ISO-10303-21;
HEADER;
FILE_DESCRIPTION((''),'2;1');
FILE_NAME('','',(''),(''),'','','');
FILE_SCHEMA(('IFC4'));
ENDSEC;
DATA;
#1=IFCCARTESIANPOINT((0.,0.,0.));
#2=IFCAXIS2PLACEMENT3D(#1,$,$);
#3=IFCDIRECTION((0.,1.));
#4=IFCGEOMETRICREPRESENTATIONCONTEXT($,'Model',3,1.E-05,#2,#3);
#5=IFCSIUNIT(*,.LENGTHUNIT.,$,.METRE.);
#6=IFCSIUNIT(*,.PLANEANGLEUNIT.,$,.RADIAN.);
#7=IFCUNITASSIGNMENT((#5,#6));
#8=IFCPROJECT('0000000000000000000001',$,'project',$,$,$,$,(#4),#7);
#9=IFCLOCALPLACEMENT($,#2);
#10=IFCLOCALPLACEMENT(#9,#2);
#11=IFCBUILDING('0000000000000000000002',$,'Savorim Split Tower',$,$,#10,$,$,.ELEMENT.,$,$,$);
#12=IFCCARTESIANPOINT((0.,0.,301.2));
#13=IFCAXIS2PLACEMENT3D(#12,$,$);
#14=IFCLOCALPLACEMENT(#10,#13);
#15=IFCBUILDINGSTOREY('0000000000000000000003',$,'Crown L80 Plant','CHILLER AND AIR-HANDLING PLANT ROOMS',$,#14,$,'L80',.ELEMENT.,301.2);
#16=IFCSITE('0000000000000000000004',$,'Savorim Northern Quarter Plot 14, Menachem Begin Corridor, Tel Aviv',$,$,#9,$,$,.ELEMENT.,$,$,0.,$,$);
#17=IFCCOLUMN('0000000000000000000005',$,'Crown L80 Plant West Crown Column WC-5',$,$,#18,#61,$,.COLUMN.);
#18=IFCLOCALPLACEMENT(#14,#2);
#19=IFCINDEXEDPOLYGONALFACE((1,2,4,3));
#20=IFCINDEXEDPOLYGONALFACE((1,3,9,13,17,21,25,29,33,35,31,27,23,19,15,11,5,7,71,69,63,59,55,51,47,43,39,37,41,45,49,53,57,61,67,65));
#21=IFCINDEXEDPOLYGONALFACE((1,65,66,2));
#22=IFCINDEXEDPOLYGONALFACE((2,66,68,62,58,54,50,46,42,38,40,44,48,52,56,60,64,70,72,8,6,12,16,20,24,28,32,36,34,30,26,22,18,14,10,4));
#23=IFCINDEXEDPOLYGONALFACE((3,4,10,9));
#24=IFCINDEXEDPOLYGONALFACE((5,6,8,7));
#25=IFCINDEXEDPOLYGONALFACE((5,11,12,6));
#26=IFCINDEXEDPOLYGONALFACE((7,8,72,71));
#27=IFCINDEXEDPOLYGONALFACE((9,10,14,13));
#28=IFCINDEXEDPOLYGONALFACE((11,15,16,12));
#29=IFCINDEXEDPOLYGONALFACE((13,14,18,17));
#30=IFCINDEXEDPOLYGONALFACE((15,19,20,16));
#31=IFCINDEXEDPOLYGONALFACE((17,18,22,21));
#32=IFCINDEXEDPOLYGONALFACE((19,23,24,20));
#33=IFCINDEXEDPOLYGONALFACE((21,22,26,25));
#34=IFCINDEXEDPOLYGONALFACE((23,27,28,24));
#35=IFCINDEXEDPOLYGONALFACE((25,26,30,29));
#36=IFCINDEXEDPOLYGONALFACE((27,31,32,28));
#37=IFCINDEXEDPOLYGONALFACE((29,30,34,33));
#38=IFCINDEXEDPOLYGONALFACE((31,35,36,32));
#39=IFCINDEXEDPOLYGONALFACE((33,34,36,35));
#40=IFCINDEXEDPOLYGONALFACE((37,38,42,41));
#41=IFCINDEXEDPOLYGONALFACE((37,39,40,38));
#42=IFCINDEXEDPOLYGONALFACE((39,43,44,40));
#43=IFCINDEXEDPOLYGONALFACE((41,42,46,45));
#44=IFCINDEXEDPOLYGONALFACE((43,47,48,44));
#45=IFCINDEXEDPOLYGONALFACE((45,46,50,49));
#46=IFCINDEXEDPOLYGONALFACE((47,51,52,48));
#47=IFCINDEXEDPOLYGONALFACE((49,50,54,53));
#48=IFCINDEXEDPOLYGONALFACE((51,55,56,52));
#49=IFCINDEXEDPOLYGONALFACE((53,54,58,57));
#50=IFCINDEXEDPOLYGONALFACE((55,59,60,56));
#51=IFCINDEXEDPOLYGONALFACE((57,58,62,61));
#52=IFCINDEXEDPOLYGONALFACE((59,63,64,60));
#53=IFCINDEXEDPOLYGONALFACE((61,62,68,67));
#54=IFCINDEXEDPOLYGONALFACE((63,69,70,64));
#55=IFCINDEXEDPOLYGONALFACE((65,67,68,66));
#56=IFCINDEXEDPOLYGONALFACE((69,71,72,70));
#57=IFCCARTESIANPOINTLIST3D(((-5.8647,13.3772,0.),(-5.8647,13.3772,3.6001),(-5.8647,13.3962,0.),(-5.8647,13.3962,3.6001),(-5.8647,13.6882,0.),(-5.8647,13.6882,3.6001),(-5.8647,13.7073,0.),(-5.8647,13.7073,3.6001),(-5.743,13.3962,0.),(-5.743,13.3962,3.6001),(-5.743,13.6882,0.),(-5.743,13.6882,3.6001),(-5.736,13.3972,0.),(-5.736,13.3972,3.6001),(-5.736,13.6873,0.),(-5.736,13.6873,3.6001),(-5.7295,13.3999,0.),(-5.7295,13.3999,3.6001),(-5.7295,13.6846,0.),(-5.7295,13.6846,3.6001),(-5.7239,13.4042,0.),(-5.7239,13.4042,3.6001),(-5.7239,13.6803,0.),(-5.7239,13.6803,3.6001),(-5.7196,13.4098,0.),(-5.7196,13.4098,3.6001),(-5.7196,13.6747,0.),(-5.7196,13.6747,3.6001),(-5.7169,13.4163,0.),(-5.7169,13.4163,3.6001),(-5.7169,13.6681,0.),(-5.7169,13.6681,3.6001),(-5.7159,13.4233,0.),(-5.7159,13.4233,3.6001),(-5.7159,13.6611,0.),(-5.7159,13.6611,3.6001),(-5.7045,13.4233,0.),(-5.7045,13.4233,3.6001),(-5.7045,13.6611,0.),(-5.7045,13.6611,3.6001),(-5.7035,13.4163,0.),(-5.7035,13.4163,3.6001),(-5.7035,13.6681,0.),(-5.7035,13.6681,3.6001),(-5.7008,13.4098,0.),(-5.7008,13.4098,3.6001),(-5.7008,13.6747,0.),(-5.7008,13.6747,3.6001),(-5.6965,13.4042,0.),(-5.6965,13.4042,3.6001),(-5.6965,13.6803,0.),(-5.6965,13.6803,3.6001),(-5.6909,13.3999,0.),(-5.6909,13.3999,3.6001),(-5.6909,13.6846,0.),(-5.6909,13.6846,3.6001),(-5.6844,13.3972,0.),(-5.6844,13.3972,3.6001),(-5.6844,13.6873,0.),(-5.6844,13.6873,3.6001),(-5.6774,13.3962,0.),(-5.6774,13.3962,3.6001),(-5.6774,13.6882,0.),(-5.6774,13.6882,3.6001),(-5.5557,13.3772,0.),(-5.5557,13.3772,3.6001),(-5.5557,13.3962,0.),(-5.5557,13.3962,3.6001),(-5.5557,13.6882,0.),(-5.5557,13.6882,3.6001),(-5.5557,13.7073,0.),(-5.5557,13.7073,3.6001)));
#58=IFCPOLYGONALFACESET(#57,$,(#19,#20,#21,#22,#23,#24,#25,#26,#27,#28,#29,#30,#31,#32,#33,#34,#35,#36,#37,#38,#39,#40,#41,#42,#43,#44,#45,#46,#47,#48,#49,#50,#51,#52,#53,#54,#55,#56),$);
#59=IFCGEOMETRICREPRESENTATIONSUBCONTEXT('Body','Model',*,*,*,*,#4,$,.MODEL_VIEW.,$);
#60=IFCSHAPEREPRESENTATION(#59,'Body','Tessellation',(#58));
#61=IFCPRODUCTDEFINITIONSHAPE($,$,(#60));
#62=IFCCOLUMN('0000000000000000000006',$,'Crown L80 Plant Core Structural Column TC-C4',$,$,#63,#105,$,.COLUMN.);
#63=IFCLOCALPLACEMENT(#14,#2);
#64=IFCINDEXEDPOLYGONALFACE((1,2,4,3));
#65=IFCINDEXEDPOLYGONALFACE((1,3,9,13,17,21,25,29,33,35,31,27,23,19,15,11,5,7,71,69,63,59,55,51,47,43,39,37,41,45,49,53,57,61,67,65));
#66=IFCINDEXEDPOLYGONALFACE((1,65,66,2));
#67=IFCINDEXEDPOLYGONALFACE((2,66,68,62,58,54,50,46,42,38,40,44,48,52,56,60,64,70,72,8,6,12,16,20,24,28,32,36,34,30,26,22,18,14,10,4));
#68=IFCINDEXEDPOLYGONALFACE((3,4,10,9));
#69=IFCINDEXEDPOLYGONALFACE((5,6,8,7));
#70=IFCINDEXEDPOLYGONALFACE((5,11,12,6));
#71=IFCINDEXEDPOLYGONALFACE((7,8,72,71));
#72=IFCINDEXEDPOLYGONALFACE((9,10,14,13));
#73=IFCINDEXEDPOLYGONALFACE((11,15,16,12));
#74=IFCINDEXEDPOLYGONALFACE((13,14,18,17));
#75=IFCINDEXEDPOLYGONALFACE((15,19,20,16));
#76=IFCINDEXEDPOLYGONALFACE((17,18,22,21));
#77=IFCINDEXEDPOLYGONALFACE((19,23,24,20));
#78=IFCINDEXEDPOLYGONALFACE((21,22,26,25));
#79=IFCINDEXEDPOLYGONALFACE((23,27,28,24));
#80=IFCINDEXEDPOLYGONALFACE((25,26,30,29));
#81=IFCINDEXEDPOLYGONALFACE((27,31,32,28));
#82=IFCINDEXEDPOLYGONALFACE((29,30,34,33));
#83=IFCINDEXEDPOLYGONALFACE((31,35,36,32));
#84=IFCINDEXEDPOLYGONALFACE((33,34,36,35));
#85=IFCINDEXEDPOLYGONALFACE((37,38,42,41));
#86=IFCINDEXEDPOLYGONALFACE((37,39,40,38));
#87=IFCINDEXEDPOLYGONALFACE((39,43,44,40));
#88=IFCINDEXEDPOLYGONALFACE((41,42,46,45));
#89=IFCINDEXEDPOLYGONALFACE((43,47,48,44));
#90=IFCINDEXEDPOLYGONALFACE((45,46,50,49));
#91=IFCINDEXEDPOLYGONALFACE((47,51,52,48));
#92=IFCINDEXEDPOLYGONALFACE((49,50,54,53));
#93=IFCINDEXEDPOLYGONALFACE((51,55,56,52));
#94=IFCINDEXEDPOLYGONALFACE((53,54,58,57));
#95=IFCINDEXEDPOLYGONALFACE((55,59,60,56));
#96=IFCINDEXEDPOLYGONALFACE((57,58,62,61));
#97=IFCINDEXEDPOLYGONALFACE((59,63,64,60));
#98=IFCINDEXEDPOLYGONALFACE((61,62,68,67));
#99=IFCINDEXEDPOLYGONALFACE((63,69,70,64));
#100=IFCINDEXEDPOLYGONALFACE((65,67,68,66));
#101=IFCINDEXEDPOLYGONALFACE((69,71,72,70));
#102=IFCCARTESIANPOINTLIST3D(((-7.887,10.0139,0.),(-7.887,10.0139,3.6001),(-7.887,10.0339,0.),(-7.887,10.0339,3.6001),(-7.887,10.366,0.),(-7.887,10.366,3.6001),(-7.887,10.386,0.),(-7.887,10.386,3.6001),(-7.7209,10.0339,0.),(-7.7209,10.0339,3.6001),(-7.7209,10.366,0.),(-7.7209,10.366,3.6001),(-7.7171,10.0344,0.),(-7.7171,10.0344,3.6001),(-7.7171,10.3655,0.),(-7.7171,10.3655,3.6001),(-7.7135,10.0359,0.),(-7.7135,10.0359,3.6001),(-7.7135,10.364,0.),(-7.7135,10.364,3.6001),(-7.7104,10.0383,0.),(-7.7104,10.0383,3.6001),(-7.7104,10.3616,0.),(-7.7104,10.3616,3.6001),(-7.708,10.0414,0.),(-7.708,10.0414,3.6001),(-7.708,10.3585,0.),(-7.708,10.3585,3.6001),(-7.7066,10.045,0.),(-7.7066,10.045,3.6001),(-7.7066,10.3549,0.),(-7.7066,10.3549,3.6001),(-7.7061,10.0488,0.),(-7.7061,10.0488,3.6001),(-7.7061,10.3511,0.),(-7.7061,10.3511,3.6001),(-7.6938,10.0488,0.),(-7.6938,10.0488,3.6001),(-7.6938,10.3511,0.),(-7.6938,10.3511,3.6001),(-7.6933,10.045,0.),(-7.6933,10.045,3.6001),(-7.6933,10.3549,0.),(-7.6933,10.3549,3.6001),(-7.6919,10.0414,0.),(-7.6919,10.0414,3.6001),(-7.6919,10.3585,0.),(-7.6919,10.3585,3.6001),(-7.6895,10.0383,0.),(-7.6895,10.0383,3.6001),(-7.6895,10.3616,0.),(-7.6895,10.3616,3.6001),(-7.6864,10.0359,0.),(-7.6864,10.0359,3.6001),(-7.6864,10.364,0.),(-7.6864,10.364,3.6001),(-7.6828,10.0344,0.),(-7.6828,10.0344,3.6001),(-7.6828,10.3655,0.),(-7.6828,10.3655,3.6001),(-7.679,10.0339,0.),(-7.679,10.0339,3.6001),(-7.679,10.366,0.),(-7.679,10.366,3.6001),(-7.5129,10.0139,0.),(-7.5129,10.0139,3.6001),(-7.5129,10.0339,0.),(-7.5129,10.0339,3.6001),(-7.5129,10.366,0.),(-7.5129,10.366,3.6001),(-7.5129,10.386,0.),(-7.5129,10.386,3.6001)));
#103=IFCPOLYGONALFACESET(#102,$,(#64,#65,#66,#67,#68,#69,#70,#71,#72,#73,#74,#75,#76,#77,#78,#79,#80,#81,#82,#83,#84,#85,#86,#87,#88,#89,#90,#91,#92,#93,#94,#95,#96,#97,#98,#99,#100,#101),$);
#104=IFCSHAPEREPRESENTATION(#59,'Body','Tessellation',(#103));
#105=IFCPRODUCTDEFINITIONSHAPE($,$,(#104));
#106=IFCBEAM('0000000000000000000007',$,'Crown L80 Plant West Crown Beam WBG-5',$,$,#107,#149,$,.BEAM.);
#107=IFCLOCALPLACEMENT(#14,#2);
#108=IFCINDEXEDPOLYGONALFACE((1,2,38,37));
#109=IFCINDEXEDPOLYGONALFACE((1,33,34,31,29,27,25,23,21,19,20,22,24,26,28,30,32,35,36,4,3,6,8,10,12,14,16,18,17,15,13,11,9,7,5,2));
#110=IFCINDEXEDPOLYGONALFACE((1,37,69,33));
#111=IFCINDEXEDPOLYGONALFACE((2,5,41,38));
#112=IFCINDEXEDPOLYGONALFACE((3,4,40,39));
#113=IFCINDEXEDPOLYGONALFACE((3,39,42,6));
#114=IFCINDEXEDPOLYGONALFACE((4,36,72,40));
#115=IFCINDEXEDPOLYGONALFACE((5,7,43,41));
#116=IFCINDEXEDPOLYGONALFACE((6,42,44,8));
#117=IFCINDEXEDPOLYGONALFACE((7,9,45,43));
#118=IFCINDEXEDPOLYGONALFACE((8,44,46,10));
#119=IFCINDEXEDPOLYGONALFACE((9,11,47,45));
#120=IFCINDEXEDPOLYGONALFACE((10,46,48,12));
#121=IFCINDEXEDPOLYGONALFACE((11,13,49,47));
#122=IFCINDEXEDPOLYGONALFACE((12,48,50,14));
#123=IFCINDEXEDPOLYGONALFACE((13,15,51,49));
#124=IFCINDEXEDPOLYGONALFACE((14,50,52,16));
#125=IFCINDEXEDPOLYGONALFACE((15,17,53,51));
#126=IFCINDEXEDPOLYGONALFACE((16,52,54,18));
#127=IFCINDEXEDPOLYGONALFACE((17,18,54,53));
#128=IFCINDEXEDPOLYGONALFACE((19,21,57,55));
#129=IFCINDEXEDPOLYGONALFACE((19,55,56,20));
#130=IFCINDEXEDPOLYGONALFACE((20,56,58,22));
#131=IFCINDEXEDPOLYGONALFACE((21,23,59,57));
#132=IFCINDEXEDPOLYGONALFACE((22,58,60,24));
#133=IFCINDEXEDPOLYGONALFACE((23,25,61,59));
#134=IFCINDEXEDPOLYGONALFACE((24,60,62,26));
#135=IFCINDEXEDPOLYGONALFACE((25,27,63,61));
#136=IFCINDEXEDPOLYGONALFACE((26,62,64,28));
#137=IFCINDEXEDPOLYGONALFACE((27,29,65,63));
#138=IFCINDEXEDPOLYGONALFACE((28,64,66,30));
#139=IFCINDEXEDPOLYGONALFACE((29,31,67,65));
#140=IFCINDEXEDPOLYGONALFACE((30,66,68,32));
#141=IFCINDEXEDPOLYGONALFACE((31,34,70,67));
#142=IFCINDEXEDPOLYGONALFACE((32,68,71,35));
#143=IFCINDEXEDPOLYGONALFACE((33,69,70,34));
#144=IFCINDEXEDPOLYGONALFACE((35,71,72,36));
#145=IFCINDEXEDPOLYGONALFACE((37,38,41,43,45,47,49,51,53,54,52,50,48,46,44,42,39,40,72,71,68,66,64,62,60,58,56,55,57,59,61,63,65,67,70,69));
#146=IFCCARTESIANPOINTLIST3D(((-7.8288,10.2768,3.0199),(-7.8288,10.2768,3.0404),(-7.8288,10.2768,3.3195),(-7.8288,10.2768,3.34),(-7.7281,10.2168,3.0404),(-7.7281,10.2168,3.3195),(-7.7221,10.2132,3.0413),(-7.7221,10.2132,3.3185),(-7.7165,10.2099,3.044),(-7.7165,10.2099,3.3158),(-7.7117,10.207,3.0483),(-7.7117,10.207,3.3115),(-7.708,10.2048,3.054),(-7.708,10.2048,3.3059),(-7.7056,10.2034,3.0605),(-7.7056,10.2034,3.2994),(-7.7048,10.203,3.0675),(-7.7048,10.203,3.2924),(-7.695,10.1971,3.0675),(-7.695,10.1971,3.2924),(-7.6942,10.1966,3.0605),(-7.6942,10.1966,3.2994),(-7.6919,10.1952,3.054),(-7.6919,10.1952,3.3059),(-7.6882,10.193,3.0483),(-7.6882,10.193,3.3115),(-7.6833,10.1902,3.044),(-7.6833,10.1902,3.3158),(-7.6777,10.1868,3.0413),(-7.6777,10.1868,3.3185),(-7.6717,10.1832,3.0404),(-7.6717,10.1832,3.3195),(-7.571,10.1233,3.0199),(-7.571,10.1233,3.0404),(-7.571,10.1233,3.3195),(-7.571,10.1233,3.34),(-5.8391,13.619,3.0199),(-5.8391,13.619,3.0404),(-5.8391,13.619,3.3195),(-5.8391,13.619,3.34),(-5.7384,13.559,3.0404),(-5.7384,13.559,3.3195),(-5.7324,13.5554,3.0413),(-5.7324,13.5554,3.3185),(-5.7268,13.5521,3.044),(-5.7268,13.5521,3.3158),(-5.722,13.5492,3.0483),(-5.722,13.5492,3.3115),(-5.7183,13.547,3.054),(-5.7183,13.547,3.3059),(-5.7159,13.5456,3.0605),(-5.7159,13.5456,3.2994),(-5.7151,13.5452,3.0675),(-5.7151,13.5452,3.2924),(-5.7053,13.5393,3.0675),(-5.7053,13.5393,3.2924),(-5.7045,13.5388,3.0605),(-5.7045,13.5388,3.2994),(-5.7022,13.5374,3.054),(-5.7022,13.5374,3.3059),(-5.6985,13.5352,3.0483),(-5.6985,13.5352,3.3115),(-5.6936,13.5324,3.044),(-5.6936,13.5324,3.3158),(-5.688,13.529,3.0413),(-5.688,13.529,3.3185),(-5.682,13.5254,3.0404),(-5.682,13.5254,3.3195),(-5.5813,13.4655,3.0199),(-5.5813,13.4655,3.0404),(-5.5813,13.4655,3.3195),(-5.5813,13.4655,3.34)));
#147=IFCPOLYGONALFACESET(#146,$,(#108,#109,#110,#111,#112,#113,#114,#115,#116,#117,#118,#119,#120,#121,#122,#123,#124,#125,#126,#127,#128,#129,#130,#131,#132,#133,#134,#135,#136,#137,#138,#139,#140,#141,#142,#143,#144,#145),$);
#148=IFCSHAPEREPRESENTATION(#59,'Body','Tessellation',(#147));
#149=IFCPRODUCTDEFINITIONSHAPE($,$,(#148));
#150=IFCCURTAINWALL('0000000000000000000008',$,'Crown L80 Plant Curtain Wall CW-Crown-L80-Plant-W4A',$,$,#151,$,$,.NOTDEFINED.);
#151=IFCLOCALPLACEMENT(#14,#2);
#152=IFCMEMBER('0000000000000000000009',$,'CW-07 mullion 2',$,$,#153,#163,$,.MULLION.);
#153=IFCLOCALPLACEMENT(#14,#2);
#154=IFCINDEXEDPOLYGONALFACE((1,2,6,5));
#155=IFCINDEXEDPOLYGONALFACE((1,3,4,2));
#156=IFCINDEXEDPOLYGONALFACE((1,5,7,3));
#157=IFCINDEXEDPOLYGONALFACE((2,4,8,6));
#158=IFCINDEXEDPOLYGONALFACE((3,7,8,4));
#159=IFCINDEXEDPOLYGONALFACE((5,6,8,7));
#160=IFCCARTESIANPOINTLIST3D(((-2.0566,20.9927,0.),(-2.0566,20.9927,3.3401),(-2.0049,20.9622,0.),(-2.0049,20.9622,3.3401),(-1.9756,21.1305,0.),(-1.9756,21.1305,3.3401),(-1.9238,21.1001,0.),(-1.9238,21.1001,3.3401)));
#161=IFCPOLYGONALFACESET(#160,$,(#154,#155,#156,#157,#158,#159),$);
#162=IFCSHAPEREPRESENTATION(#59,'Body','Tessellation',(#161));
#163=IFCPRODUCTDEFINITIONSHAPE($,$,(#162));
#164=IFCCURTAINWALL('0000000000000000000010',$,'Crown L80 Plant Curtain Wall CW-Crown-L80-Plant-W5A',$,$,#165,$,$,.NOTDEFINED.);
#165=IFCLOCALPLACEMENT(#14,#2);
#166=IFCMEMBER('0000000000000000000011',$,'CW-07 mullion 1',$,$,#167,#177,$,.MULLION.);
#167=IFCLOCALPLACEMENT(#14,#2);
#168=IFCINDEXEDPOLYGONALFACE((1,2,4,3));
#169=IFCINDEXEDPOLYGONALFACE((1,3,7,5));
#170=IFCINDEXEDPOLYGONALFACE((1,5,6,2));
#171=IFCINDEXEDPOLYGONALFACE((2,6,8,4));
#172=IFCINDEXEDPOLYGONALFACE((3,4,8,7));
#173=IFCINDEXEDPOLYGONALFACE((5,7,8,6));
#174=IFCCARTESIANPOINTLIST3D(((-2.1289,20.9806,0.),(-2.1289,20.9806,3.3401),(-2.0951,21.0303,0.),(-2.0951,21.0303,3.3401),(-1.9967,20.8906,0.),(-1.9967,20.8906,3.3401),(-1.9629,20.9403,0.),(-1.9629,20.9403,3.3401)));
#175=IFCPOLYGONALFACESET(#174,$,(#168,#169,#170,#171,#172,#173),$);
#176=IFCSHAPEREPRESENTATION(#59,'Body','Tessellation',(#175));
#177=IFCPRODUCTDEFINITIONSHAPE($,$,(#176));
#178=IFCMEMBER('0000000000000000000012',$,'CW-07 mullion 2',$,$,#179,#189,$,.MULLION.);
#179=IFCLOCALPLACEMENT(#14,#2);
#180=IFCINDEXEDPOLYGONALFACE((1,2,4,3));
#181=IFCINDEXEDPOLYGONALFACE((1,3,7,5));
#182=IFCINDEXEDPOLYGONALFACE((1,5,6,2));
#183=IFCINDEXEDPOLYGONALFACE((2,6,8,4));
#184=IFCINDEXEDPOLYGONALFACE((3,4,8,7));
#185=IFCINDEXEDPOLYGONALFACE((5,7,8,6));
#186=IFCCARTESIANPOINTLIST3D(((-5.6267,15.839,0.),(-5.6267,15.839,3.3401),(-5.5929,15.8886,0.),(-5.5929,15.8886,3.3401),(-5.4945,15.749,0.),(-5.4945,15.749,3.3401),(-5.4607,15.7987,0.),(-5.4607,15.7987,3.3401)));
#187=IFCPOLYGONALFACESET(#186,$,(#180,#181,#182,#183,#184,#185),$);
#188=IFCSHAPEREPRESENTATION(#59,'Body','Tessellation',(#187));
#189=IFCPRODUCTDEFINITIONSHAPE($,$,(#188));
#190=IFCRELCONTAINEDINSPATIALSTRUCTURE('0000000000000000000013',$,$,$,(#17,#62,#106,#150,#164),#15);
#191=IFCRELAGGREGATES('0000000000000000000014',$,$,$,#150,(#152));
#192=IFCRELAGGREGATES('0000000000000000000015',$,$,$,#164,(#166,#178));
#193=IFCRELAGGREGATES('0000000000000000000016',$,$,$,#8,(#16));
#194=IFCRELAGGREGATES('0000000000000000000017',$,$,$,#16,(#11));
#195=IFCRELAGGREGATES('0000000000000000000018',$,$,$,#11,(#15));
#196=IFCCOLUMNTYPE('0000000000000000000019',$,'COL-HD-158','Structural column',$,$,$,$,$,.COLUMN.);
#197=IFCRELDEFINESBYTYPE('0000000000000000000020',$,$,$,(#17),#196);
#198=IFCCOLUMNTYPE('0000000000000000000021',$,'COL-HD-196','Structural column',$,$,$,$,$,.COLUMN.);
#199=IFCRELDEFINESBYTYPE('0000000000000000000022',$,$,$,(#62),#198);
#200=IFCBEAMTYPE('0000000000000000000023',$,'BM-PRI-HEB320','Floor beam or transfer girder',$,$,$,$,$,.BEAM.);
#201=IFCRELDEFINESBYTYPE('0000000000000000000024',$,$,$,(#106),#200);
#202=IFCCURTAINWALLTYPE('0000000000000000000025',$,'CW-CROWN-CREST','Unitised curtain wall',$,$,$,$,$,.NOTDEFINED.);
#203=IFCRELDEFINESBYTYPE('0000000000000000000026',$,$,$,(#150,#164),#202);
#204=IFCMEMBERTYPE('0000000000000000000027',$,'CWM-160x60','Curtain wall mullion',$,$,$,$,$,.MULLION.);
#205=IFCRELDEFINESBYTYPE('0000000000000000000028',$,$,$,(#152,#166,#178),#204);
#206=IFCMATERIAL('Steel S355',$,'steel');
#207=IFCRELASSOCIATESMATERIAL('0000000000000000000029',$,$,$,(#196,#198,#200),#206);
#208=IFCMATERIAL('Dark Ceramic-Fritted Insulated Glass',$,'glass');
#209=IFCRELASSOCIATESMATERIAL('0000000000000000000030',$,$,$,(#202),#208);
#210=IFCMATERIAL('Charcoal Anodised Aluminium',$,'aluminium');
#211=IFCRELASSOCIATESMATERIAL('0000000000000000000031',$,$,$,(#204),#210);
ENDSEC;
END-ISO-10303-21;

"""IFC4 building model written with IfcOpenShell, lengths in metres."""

from ifc_helpers import new_model, si_unit, direction, frame, origin, origin_2d, place, context, subcontext, project, spatial, rectangle, i_section, extrude, material, material_profile, profile_set, type_object, element, aggregate, save


model = new_model("IFC4")

# Units and contexts
model_context = context("Model", 3, precision=1e-05, world=origin(), true_north=direction((0.0, 1.0)))
body_context = subcontext(model_context, "Body", "Model", "MODEL_VIEW")
ifc_project = project(units=[si_unit("LENGTHUNIT", "METRE"), si_unit("PLANEANGLEUNIT", "RADIAN")], contexts=[model_context])

# Site, building, storey
site_placement = place(None, origin())
site = spatial("IfcSite", under=ifc_project, at=site_placement, Name="Savorim Northern Quarter Plot 14, Menachem Begin Corridor, Tel Aviv", CompositionType="ELEMENT", RefElevation=0.0)
building_placement = place(site_placement, origin())
building = spatial("IfcBuilding", under=site, at=building_placement, Name="Savorim Split Tower", CompositionType="ELEMENT")
storey_placement = place(building_placement, frame((0.0, 0.0, 301.2)))
storey = spatial("IfcBuildingStorey", under=building, at=storey_placement, Name="Crown L80 Plant", Description="CHILLER AND AIR-HANDLING PLANT ROOMS", LongName="L80", CompositionType="ELEMENT", Elevation=301.2)

# Columns
ifc_material_1 = material(Name="Steel S355", Category="steel")
ifc_material_profile_1 = material_profile(ifc_material_1, i_section(OverallWidth=0.3091, OverallDepth=0.3301, WebThickness=0.0115, FlangeThickness=0.019, FilletRadius=0.0271, at=origin_2d()), Name="HD 320x158")
ifc_profile_set_1 = profile_set([ifc_material_profile_1], Name="Steel S355")
column_type_1 = type_object("IfcColumnType", Name="COL-HD-158", Description="Structural column", PredefinedType="COLUMN", material=ifc_profile_set_1)
column_1_placement = place(storey_placement, frame((-5.7102, 13.5422, 0.0), z_axis=(0.0, 0.0, 1.0), x_axis=(1.0, 0.0, 0.0)))
element("IfcColumn", 1, at=column_1_placement, inside=storey, type_object=column_type_1, Name="Crown L80 Plant West Crown Column WC-5", PredefinedType="COLUMN", context=body_context, shape_type="SweptSolid", body=[
    extrude(i_section(OverallWidth=0.3091, OverallDepth=0.3301, WebThickness=0.0115, FlangeThickness=0.019, FilletRadius=0.0271, at=origin_2d()), origin(), (0.0, 0.0, 1.0), 3.6001),
])
ifc_material_profile_2 = material_profile(ifc_material_1, i_section(OverallWidth=0.374, OverallDepth=0.3721, WebThickness=0.0122, FlangeThickness=0.02, FilletRadius=0.0149, at=origin_2d()), Name="HD 360x196")
ifc_profile_set_2 = profile_set([ifc_material_profile_2], Name="Steel S355")
column_type_2 = type_object("IfcColumnType", Name="COL-HD-196", Description="Structural column", PredefinedType="COLUMN", material=ifc_profile_set_2)
column_2_placement = place(storey_placement, frame((-7.7, 10.2, 0.0), z_axis=(0.0, 0.0, 1.0), x_axis=(1.0, 0.0, 0.0)))
element("IfcColumn", 2, at=column_2_placement, inside=storey, type_object=column_type_2, Name="Crown L80 Plant Core Structural Column TC-C4", PredefinedType="COLUMN", context=body_context, shape_type="SweptSolid", body=[
    extrude(i_section(OverallWidth=0.374, OverallDepth=0.3721, WebThickness=0.0122, FlangeThickness=0.02, FilletRadius=0.0149, at=origin_2d()), origin(), (0.0, 0.0, 1.0), 3.6001),
])

# Beam
ifc_material_profile_3 = material_profile(ifc_material_1, i_section(OverallWidth=0.3, OverallDepth=0.3201, WebThickness=0.0115, FlangeThickness=0.0205, FilletRadius=0.0271, at=origin_2d()), Name="HEB 320")
ifc_profile_set_3 = profile_set([ifc_material_profile_3], Name="Steel S355")
beam_type = type_object("IfcBeamType", Name="BM-PRI-HEB320", Description="Floor beam or transfer girder", PredefinedType="BEAM", material=ifc_profile_set_3)
beam_placement = place(storey_placement, frame((-5.7102, 13.5422, 3.1799), z_axis=(-0.511539, -0.85926, 0.0), x_axis=(0.85926, -0.511539, 0.0)))
element("IfcBeam", 3, at=beam_placement, inside=storey, type_object=beam_type, Name="Crown L80 Plant West Crown Beam WBG-5", PredefinedType="BEAM", context=body_context, shape_type="SweptSolid", body=[
    extrude(i_section(OverallWidth=0.3, OverallDepth=0.3201, WebThickness=0.0115, FlangeThickness=0.0205, FilletRadius=0.0271, at=origin_2d()), origin(), (0.0, 0.0, 1.0), 3.8896),
])

# Curtain wall, member
ifc_material_2 = material(Name="Dark Ceramic-Fritted Insulated Glass", Category="glass")
curtain_wall_type = type_object("IfcCurtainWallType", Name="CW-CROWN-CREST", Description="Unitised curtain wall", PredefinedType="NOTDEFINED", material=ifc_material_2)
curtain_wall_1_placement = place(storey_placement, origin())
curtain_wall_1 = element("IfcCurtainWall", 4, at=curtain_wall_1_placement, inside=storey, type_object=curtain_wall_type, Name="Crown L80 Plant Curtain Wall CW-Crown-L80-Plant-W4A", PredefinedType="NOTDEFINED")
ifc_material_3 = material(Name="Charcoal Anodised Aluminium", Category="aluminium")
ifc_material_profile_4 = material_profile(ifc_material_3, rectangle(XDim=0.1599, YDim=0.0601, at=origin_2d()), Name="ALU-M 160x60")
ifc_profile_set_4 = profile_set([ifc_material_profile_4], Name="Charcoal Anodised Aluminium")
member_type_1 = type_object("IfcMemberType", Name="CWM-160x60", Description="Curtain wall mullion", PredefinedType="MULLION", material=ifc_profile_set_4)
member_1_placement = place(storey_placement, frame((-1.9902, 21.0464, 0.0), z_axis=(0.0, 0.0, 1.0), x_axis=(-0.506706, -0.862119, 0.0)))
member_1 = element("IfcMember", 5, at=member_1_placement, type_object=member_type_1, Name="CW-07 mullion 2", PredefinedType="MULLION", context=body_context, shape_type="SweptSolid", body=[
    extrude(rectangle(XDim=0.1599, YDim=0.0601, at=origin_2d()), origin(), (0.0, 0.0, 1.0), 3.3401),
])

# Curtain wall, members
curtain_wall_2_placement = place(storey_placement, origin())
curtain_wall_2 = element("IfcCurtainWall", 6, at=curtain_wall_2_placement, inside=storey, type_object=curtain_wall_type, Name="Crown L80 Plant Curtain Wall CW-Crown-L80-Plant-W5A", PredefinedType="NOTDEFINED")
member_2_placement = place(storey_placement, frame((-2.0459, 20.9604, 0.0), z_axis=(0.0, 0.0, 1.0), x_axis=(0.826821, -0.562465, 0.0)))
member_2 = element("IfcMember", 7, at=member_2_placement, type_object=member_type_1, Name="CW-07 mullion 1", PredefinedType="MULLION", context=body_context, shape_type="SweptSolid", body=[
    extrude(rectangle(XDim=0.1599, YDim=0.0601, at=origin_2d()), origin(), (0.0, 0.0, 1.0), 3.3401),
])
member_3_placement = place(storey_placement, frame((-5.5437, 15.8188, 0.0), z_axis=(0.0, 0.0, 1.0), x_axis=(0.826821, -0.562465, 0.0)))
member_3 = element("IfcMember", 8, at=member_3_placement, type_object=member_type_1, Name="CW-07 mullion 2", PredefinedType="MULLION", context=body_context, shape_type="SweptSolid", body=[
    extrude(rectangle(XDim=0.1599, YDim=0.0601, at=origin_2d()), origin(), (0.0, 0.0, 1.0), 3.3401),
])

aggregate(curtain_wall_1, [member_1])
aggregate(curtain_wall_2, [member_2, member_3])

save(model, "model.ifc")
